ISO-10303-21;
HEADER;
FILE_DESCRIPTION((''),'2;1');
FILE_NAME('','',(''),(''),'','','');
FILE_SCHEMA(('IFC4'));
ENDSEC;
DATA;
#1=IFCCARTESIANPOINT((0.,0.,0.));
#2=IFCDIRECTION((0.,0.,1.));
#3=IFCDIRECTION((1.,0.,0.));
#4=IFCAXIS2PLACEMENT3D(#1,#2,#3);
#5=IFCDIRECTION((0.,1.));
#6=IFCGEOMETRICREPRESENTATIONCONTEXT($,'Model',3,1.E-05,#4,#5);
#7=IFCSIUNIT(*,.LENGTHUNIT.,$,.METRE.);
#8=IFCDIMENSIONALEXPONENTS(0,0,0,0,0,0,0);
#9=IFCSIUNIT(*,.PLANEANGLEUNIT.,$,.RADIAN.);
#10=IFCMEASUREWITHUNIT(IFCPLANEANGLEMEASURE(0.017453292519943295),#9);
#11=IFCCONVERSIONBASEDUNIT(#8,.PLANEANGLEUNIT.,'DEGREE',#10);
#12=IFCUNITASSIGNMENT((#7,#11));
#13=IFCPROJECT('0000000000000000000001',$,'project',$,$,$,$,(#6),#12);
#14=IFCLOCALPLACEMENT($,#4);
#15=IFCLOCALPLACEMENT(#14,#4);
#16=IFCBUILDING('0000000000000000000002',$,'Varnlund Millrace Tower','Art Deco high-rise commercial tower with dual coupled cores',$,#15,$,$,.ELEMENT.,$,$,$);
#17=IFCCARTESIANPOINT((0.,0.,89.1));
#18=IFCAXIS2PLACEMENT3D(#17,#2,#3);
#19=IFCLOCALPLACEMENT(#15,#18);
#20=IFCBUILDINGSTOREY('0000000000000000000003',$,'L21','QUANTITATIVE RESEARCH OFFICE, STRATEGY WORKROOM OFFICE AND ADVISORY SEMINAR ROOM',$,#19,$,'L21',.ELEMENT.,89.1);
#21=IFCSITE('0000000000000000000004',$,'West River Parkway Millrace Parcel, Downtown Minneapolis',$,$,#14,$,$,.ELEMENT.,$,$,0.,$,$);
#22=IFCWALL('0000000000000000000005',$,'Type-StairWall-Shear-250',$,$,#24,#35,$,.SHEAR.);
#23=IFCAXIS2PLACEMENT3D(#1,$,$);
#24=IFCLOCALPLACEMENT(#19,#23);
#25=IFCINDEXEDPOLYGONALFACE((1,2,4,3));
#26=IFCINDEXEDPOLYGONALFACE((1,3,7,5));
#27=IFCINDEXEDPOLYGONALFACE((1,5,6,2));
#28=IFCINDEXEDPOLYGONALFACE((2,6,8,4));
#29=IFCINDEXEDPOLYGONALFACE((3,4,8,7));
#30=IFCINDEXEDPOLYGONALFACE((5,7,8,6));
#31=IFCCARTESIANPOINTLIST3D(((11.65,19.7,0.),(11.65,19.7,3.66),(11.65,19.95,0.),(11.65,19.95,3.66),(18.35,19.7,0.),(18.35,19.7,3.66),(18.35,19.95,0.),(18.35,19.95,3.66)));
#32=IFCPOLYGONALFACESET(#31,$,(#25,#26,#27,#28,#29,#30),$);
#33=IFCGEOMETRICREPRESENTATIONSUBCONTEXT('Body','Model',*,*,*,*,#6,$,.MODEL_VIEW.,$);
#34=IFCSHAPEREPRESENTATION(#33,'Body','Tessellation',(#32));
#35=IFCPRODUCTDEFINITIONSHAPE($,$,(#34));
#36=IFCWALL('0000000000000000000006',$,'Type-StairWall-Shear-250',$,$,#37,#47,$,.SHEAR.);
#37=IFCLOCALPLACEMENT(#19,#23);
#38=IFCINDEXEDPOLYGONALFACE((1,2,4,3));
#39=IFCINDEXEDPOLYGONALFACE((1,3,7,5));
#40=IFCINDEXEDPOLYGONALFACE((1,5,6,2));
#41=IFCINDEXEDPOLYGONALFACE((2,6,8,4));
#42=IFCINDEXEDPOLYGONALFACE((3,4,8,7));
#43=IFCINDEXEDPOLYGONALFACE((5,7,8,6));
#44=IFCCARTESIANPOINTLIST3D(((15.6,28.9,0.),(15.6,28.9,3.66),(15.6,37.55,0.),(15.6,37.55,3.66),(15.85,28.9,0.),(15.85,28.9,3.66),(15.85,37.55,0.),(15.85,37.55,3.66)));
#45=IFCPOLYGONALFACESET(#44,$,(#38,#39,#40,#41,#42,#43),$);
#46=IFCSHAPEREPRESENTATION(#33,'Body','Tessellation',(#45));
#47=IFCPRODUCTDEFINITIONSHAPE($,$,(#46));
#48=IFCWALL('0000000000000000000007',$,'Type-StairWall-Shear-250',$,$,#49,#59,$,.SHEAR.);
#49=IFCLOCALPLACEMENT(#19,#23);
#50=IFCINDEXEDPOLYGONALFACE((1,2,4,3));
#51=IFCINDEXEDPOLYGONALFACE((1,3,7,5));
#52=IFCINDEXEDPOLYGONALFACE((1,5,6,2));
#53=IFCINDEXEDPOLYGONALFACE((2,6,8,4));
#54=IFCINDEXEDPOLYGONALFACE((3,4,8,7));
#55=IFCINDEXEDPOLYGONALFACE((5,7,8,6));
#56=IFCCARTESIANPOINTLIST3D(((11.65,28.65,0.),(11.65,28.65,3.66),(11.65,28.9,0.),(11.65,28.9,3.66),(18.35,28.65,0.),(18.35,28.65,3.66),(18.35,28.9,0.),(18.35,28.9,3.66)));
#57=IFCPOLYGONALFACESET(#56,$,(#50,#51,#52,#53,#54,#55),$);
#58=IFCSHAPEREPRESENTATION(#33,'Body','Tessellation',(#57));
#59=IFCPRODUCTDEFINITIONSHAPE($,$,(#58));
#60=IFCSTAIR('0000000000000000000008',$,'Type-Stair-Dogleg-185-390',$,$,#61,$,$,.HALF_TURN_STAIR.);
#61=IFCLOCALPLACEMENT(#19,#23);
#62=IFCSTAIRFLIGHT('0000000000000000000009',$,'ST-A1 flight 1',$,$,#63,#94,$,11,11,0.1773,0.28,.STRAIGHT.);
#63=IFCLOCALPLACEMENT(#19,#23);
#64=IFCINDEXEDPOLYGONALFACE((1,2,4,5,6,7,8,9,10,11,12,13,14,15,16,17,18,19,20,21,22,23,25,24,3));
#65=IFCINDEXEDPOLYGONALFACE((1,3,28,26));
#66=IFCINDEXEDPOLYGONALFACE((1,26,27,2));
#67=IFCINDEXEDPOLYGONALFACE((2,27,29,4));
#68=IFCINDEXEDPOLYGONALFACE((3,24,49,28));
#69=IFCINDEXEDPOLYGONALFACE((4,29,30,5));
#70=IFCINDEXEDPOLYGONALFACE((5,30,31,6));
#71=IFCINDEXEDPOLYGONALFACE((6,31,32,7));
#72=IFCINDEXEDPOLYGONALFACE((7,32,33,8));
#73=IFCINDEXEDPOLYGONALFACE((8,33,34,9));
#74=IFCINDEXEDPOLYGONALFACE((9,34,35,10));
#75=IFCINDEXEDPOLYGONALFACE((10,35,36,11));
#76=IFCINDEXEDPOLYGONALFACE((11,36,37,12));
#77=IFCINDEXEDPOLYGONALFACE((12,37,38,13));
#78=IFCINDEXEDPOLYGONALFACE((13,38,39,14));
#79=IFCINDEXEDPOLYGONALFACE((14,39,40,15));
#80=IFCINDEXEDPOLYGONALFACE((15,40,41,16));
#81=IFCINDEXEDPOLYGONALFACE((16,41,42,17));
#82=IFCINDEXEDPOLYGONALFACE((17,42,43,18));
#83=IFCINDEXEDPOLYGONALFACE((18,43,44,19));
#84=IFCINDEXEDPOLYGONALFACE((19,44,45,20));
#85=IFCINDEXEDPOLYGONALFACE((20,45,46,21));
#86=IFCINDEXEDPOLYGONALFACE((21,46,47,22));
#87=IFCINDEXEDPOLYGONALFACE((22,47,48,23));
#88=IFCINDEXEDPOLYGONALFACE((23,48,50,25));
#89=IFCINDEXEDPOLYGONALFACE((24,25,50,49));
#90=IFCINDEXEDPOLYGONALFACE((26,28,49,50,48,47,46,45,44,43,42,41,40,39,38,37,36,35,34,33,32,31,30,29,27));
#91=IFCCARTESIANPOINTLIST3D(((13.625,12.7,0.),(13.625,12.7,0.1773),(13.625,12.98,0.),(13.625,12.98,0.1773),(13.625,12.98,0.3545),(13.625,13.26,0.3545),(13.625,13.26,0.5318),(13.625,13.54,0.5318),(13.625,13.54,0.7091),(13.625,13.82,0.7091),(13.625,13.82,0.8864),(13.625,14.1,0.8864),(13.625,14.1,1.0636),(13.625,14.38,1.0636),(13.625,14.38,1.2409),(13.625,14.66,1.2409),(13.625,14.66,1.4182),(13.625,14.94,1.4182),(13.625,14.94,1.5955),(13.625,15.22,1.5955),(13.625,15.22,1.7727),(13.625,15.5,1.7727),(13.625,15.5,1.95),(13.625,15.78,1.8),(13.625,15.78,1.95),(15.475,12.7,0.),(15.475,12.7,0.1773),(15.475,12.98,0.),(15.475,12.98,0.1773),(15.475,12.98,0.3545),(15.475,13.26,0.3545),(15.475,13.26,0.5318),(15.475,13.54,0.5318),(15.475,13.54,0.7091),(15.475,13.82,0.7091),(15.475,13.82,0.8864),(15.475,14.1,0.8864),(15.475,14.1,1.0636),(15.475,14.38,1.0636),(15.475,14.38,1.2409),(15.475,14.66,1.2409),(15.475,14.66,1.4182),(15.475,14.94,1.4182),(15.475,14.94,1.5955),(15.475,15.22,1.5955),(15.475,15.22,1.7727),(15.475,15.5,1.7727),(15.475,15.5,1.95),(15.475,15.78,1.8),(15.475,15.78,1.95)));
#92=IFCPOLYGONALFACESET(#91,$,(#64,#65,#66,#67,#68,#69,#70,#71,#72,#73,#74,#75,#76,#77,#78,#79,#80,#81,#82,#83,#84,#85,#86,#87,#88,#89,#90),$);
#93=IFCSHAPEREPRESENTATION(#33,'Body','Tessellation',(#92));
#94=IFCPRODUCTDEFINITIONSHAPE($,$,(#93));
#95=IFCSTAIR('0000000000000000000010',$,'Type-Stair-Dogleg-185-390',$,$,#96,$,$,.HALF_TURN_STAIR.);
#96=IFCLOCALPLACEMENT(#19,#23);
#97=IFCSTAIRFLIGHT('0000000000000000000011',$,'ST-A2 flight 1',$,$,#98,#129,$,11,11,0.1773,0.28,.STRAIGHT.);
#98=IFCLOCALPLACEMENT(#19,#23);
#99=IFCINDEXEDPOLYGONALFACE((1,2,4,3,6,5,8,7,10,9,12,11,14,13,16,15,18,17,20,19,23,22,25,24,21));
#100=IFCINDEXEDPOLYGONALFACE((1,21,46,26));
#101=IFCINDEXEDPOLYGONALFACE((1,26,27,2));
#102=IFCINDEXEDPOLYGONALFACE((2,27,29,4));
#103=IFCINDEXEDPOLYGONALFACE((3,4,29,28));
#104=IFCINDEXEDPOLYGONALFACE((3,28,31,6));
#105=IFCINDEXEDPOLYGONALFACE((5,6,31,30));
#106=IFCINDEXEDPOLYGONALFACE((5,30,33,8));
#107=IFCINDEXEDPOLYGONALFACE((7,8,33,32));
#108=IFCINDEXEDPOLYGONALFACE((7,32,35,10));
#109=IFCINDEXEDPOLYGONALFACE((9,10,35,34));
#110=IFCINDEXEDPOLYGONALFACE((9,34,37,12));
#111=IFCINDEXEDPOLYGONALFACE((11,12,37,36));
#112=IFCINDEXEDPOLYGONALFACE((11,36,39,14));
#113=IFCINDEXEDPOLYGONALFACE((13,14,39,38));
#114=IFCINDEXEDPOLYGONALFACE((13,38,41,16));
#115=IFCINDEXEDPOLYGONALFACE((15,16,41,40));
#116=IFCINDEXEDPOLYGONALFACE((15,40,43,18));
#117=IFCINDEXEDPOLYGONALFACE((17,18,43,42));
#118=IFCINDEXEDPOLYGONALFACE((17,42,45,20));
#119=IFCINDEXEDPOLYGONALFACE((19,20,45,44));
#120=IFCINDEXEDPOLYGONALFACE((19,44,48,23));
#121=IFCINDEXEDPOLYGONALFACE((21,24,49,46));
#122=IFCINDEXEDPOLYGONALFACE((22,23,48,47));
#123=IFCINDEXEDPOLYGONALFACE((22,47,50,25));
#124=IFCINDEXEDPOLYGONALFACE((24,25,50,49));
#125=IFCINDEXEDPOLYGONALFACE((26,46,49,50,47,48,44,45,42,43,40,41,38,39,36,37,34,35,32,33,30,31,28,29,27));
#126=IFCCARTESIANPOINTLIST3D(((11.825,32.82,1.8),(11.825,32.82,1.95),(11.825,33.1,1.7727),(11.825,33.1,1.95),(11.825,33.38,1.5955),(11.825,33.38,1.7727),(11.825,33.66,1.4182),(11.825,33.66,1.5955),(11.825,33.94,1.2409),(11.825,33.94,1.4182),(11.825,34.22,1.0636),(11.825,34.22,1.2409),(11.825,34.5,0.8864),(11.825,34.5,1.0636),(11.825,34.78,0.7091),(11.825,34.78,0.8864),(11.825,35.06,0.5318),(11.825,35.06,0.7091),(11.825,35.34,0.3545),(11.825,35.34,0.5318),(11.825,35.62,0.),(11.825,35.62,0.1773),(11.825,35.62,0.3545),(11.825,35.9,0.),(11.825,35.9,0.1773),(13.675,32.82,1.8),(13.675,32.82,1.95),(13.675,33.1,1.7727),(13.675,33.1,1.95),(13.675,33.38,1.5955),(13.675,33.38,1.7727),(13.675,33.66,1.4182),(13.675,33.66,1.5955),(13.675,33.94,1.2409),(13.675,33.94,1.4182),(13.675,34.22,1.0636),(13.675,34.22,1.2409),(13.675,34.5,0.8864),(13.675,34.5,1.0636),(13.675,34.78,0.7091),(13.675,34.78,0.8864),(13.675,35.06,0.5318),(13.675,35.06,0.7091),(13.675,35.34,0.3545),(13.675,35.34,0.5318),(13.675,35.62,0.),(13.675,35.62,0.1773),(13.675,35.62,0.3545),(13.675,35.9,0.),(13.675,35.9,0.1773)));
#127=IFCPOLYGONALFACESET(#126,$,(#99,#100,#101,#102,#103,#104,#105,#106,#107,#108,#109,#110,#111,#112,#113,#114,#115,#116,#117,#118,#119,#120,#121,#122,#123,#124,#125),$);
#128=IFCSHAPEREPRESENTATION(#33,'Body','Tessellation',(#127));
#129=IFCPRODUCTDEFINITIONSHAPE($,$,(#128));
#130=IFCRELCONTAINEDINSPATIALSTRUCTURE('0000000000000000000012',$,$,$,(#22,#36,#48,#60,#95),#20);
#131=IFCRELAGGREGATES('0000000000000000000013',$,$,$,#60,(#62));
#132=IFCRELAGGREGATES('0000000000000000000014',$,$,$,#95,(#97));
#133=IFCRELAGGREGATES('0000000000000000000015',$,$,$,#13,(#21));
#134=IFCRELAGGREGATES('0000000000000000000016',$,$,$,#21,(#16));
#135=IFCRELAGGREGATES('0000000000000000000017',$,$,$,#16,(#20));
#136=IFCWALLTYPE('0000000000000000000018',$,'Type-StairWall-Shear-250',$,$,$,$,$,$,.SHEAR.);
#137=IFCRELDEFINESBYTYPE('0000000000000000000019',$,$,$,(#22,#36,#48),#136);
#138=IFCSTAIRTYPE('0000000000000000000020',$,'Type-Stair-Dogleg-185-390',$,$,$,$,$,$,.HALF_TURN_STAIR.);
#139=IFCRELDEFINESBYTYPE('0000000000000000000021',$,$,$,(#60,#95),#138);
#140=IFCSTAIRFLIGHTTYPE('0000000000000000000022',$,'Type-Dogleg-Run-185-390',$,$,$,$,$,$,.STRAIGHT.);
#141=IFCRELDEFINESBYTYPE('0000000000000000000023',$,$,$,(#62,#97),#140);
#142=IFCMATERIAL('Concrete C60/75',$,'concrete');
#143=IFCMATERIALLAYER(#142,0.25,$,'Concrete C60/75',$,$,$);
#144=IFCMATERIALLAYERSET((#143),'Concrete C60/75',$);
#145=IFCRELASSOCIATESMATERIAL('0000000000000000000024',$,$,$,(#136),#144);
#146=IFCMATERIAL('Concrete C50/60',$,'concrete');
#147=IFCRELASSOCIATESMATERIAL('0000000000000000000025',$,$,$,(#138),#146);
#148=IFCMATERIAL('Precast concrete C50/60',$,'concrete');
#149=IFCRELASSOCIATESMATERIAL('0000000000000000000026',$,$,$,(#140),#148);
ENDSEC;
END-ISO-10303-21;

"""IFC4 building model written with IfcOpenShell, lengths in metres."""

from ifc_helpers import new_model, entity, si_unit, converted_unit, direction, frame, origin_with_axes, place, context, subcontext, project, spatial, polyline, outline, extrude, material, layer, layer_set, type_object, element, aggregate, save


model = new_model("IFC4")

# Units and contexts
model_context = context("Model", 3, precision=1e-05, world=origin_with_axes(), true_north=direction((0.0, 1.0)))
body_context = subcontext(model_context, "Body", "Model", "MODEL_VIEW")
ifc_project = project(units=[si_unit("LENGTHUNIT", "METRE"), converted_unit("PLANEANGLEUNIT", "DEGREE", entity("IfcPlaneAngleMeasure", 0.017453292519943295), si_unit("PLANEANGLEUNIT", "RADIAN"), dimensions=[0, 0, 0, 0, 0, 0, 0])], contexts=[model_context])

# Site, building, storey
site_placement = place(None, origin_with_axes())
site = spatial("IfcSite", under=ifc_project, at=site_placement, Name="West River Parkway Millrace Parcel, Downtown Minneapolis", CompositionType="ELEMENT", RefElevation=0.0)
building_placement = place(site_placement, origin_with_axes())
building = spatial("IfcBuilding", under=site, at=building_placement, Name="Varnlund Millrace Tower", Description="Art Deco high-rise commercial tower with dual coupled cores", CompositionType="ELEMENT")
storey_placement = place(building_placement, frame((0.0, 0.0, 89.1), z_axis=(0.0, 0.0, 1.0), x_axis=(1.0, 0.0, 0.0)))
storey = spatial("IfcBuildingStorey", under=building, at=storey_placement, Name="L21", Description="QUANTITATIVE RESEARCH OFFICE, STRATEGY WORKROOM OFFICE AND ADVISORY SEMINAR ROOM", LongName="L21", CompositionType="ELEMENT", Elevation=89.1)

# Shared definitions
ifc_material_1 = material(Name="Concrete C60/75", Category="concrete")
ifc_layer_1 = layer(ifc_material_1, 0.25, Name="Concrete C60/75")
ifc_layer_set_1 = layer_set([ifc_layer_1], Name="Concrete C60/75")

# Walls
wall_type_1 = type_object("IfcWallType", Name="Type-StairWall-Shear-250", PredefinedType="SHEAR", material=ifc_layer_set_1)
wall_1_placement = place(storey_placement, frame((11.65, 19.825, 0.0), z_axis=(0.0, 0.0, 1.0), x_axis=(1.0, 0.0, 0.0)))
element("IfcWall", 1, at=wall_1_placement, inside=storey, type_object=wall_type_1, Name="Type-StairWall-Shear-250", PredefinedType="SHEAR", context=body_context, shape_type="SweptSolid", body=[
    extrude(outline(polyline([(0.0, -0.125), (6.7, -0.125), (6.7, 0.125), (0.0, 0.125), (0.0, -0.125)])), origin_with_axes(), (0.0, 0.0, 1.0), 3.66),
])
wall_2_placement = place(storey_placement, frame((15.725, 28.9, 0.0), z_axis=(0.0, 0.0, 1.0), x_axis=(0.0, 1.0, 0.0)))
element("IfcWall", 2, at=wall_2_placement, inside=storey, type_object=wall_type_1, Name="Type-StairWall-Shear-250", PredefinedType="SHEAR", context=body_context, shape_type="SweptSolid", body=[
    extrude(outline(polyline([(0.0, -0.125), (8.65, -0.125), (8.65, 0.125), (0.0, 0.125), (0.0, -0.125)])), origin_with_axes(), (0.0, 0.0, 1.0), 3.66),
])
wall_3_placement = place(storey_placement, frame((11.65, 28.775, 0.0), z_axis=(0.0, 0.0, 1.0), x_axis=(1.0, 0.0, 0.0)))
element("IfcWall", 3, at=wall_3_placement, inside=storey, type_object=wall_type_1, Name="Type-StairWall-Shear-250", PredefinedType="SHEAR", context=body_context, shape_type="SweptSolid", body=[
    extrude(outline(polyline([(0.0, -0.125), (6.7, -0.125), (6.7, 0.125), (0.0, 0.125), (0.0, -0.125)])), origin_with_axes(), (0.0, 0.0, 1.0), 3.66),
])

# Stairs, stair flights
ifc_material_2 = material(Name="Concrete C50/60", Category="concrete")
stair_type = type_object("IfcStairType", Name="Type-Stair-Dogleg-185-390", PredefinedType="HALF_TURN_STAIR", material=ifc_material_2)
stair_1_placement = place(storey_placement, origin_with_axes())
stair_1 = element("IfcStair", 4, at=stair_1_placement, inside=storey, type_object=stair_type, Name="Type-Stair-Dogleg-185-390", PredefinedType="HALF_TURN_STAIR")
ifc_material_3 = material(Name="Precast concrete C50/60", Category="concrete")
stair_flight_type = type_object("IfcStairFlightType", Name="Type-Dogleg-Run-185-390", PredefinedType="STRAIGHT", material=ifc_material_3)
stair_flight_1_placement = place(storey_placement, frame((13.625, 12.7, 0.0), z_axis=(1.0, 0.0, 0.0), x_axis=(0.0, 1.0, 0.0)))
stair_flight_1 = element("IfcStairFlight", 5, at=stair_flight_1_placement, type_object=stair_flight_type, Name="ST-A1 flight 1", NumberOfRisers=11, NumberOfTreads=11, PredefinedType="STRAIGHT", RiserHeight=0.1773, TreadLength=0.28, context=body_context, shape_type="SweptSolid", body=[
    extrude(outline(polyline([(0.0, 0.0), (0.0, 0.1773), (0.28, 0.1773), (0.28, 0.3545), (0.56, 0.3545), (0.56, 0.5318), (0.84, 0.5318), (0.84, 0.7091), (1.12, 0.7091), (1.12, 0.8864), (1.4, 0.8864), (1.4, 1.0636), (1.68, 1.0636), (1.68, 1.2409), (1.96, 1.2409), (1.96, 1.4182), (2.24, 1.4182), (2.24, 1.5955), (2.52, 1.5955), (2.52, 1.7727), (2.8, 1.7727), (2.8, 1.95), (3.08, 1.95), (3.08, 1.8), (0.28, 0.0), (0.0, 0.0)])), origin_with_axes(), (0.0, 0.0, 1.0), 1.85),
])
aggregate(stair_1, [stair_flight_1])
stair_2_placement = place(storey_placement, origin_with_axes())
stair_2 = element("IfcStair", 6, at=stair_2_placement, inside=storey, type_object=stair_type, Name="Type-Stair-Dogleg-185-390", PredefinedType="HALF_TURN_STAIR")
stair_flight_2_placement = place(storey_placement, frame((13.675, 35.9, 0.0), z_axis=(-1.0, 0.0, 0.0), x_axis=(0.0, -1.0, 0.0)))
stair_flight_2 = element("IfcStairFlight", 7, at=stair_flight_2_placement, type_object=stair_flight_type, Name="ST-A2 flight 1", NumberOfRisers=11, NumberOfTreads=11, PredefinedType="STRAIGHT", RiserHeight=0.1773, TreadLength=0.28, context=body_context, shape_type="SweptSolid", body=[
    extrude(outline(polyline([(0.0, 0.0), (0.0, 0.1773), (0.28, 0.1773), (0.28, 0.3545), (0.56, 0.3545), (0.56, 0.5318), (0.84, 0.5318), (0.84, 0.7091), (1.12, 0.7091), (1.12, 0.8864), (1.4, 0.8864), (1.4, 1.0636), (1.68, 1.0636), (1.68, 1.2409), (1.96, 1.2409), (1.96, 1.4182), (2.24, 1.4182), (2.24, 1.5955), (2.52, 1.5955), (2.52, 1.7727), (2.8, 1.7727), (2.8, 1.95), (3.08, 1.95), (3.08, 1.8), (0.28, 0.0), (0.0, 0.0)])), origin_with_axes(), (0.0, 0.0, 1.0), 1.85),
])
aggregate(stair_2, [stair_flight_2])

save(model, "model.ifc")
